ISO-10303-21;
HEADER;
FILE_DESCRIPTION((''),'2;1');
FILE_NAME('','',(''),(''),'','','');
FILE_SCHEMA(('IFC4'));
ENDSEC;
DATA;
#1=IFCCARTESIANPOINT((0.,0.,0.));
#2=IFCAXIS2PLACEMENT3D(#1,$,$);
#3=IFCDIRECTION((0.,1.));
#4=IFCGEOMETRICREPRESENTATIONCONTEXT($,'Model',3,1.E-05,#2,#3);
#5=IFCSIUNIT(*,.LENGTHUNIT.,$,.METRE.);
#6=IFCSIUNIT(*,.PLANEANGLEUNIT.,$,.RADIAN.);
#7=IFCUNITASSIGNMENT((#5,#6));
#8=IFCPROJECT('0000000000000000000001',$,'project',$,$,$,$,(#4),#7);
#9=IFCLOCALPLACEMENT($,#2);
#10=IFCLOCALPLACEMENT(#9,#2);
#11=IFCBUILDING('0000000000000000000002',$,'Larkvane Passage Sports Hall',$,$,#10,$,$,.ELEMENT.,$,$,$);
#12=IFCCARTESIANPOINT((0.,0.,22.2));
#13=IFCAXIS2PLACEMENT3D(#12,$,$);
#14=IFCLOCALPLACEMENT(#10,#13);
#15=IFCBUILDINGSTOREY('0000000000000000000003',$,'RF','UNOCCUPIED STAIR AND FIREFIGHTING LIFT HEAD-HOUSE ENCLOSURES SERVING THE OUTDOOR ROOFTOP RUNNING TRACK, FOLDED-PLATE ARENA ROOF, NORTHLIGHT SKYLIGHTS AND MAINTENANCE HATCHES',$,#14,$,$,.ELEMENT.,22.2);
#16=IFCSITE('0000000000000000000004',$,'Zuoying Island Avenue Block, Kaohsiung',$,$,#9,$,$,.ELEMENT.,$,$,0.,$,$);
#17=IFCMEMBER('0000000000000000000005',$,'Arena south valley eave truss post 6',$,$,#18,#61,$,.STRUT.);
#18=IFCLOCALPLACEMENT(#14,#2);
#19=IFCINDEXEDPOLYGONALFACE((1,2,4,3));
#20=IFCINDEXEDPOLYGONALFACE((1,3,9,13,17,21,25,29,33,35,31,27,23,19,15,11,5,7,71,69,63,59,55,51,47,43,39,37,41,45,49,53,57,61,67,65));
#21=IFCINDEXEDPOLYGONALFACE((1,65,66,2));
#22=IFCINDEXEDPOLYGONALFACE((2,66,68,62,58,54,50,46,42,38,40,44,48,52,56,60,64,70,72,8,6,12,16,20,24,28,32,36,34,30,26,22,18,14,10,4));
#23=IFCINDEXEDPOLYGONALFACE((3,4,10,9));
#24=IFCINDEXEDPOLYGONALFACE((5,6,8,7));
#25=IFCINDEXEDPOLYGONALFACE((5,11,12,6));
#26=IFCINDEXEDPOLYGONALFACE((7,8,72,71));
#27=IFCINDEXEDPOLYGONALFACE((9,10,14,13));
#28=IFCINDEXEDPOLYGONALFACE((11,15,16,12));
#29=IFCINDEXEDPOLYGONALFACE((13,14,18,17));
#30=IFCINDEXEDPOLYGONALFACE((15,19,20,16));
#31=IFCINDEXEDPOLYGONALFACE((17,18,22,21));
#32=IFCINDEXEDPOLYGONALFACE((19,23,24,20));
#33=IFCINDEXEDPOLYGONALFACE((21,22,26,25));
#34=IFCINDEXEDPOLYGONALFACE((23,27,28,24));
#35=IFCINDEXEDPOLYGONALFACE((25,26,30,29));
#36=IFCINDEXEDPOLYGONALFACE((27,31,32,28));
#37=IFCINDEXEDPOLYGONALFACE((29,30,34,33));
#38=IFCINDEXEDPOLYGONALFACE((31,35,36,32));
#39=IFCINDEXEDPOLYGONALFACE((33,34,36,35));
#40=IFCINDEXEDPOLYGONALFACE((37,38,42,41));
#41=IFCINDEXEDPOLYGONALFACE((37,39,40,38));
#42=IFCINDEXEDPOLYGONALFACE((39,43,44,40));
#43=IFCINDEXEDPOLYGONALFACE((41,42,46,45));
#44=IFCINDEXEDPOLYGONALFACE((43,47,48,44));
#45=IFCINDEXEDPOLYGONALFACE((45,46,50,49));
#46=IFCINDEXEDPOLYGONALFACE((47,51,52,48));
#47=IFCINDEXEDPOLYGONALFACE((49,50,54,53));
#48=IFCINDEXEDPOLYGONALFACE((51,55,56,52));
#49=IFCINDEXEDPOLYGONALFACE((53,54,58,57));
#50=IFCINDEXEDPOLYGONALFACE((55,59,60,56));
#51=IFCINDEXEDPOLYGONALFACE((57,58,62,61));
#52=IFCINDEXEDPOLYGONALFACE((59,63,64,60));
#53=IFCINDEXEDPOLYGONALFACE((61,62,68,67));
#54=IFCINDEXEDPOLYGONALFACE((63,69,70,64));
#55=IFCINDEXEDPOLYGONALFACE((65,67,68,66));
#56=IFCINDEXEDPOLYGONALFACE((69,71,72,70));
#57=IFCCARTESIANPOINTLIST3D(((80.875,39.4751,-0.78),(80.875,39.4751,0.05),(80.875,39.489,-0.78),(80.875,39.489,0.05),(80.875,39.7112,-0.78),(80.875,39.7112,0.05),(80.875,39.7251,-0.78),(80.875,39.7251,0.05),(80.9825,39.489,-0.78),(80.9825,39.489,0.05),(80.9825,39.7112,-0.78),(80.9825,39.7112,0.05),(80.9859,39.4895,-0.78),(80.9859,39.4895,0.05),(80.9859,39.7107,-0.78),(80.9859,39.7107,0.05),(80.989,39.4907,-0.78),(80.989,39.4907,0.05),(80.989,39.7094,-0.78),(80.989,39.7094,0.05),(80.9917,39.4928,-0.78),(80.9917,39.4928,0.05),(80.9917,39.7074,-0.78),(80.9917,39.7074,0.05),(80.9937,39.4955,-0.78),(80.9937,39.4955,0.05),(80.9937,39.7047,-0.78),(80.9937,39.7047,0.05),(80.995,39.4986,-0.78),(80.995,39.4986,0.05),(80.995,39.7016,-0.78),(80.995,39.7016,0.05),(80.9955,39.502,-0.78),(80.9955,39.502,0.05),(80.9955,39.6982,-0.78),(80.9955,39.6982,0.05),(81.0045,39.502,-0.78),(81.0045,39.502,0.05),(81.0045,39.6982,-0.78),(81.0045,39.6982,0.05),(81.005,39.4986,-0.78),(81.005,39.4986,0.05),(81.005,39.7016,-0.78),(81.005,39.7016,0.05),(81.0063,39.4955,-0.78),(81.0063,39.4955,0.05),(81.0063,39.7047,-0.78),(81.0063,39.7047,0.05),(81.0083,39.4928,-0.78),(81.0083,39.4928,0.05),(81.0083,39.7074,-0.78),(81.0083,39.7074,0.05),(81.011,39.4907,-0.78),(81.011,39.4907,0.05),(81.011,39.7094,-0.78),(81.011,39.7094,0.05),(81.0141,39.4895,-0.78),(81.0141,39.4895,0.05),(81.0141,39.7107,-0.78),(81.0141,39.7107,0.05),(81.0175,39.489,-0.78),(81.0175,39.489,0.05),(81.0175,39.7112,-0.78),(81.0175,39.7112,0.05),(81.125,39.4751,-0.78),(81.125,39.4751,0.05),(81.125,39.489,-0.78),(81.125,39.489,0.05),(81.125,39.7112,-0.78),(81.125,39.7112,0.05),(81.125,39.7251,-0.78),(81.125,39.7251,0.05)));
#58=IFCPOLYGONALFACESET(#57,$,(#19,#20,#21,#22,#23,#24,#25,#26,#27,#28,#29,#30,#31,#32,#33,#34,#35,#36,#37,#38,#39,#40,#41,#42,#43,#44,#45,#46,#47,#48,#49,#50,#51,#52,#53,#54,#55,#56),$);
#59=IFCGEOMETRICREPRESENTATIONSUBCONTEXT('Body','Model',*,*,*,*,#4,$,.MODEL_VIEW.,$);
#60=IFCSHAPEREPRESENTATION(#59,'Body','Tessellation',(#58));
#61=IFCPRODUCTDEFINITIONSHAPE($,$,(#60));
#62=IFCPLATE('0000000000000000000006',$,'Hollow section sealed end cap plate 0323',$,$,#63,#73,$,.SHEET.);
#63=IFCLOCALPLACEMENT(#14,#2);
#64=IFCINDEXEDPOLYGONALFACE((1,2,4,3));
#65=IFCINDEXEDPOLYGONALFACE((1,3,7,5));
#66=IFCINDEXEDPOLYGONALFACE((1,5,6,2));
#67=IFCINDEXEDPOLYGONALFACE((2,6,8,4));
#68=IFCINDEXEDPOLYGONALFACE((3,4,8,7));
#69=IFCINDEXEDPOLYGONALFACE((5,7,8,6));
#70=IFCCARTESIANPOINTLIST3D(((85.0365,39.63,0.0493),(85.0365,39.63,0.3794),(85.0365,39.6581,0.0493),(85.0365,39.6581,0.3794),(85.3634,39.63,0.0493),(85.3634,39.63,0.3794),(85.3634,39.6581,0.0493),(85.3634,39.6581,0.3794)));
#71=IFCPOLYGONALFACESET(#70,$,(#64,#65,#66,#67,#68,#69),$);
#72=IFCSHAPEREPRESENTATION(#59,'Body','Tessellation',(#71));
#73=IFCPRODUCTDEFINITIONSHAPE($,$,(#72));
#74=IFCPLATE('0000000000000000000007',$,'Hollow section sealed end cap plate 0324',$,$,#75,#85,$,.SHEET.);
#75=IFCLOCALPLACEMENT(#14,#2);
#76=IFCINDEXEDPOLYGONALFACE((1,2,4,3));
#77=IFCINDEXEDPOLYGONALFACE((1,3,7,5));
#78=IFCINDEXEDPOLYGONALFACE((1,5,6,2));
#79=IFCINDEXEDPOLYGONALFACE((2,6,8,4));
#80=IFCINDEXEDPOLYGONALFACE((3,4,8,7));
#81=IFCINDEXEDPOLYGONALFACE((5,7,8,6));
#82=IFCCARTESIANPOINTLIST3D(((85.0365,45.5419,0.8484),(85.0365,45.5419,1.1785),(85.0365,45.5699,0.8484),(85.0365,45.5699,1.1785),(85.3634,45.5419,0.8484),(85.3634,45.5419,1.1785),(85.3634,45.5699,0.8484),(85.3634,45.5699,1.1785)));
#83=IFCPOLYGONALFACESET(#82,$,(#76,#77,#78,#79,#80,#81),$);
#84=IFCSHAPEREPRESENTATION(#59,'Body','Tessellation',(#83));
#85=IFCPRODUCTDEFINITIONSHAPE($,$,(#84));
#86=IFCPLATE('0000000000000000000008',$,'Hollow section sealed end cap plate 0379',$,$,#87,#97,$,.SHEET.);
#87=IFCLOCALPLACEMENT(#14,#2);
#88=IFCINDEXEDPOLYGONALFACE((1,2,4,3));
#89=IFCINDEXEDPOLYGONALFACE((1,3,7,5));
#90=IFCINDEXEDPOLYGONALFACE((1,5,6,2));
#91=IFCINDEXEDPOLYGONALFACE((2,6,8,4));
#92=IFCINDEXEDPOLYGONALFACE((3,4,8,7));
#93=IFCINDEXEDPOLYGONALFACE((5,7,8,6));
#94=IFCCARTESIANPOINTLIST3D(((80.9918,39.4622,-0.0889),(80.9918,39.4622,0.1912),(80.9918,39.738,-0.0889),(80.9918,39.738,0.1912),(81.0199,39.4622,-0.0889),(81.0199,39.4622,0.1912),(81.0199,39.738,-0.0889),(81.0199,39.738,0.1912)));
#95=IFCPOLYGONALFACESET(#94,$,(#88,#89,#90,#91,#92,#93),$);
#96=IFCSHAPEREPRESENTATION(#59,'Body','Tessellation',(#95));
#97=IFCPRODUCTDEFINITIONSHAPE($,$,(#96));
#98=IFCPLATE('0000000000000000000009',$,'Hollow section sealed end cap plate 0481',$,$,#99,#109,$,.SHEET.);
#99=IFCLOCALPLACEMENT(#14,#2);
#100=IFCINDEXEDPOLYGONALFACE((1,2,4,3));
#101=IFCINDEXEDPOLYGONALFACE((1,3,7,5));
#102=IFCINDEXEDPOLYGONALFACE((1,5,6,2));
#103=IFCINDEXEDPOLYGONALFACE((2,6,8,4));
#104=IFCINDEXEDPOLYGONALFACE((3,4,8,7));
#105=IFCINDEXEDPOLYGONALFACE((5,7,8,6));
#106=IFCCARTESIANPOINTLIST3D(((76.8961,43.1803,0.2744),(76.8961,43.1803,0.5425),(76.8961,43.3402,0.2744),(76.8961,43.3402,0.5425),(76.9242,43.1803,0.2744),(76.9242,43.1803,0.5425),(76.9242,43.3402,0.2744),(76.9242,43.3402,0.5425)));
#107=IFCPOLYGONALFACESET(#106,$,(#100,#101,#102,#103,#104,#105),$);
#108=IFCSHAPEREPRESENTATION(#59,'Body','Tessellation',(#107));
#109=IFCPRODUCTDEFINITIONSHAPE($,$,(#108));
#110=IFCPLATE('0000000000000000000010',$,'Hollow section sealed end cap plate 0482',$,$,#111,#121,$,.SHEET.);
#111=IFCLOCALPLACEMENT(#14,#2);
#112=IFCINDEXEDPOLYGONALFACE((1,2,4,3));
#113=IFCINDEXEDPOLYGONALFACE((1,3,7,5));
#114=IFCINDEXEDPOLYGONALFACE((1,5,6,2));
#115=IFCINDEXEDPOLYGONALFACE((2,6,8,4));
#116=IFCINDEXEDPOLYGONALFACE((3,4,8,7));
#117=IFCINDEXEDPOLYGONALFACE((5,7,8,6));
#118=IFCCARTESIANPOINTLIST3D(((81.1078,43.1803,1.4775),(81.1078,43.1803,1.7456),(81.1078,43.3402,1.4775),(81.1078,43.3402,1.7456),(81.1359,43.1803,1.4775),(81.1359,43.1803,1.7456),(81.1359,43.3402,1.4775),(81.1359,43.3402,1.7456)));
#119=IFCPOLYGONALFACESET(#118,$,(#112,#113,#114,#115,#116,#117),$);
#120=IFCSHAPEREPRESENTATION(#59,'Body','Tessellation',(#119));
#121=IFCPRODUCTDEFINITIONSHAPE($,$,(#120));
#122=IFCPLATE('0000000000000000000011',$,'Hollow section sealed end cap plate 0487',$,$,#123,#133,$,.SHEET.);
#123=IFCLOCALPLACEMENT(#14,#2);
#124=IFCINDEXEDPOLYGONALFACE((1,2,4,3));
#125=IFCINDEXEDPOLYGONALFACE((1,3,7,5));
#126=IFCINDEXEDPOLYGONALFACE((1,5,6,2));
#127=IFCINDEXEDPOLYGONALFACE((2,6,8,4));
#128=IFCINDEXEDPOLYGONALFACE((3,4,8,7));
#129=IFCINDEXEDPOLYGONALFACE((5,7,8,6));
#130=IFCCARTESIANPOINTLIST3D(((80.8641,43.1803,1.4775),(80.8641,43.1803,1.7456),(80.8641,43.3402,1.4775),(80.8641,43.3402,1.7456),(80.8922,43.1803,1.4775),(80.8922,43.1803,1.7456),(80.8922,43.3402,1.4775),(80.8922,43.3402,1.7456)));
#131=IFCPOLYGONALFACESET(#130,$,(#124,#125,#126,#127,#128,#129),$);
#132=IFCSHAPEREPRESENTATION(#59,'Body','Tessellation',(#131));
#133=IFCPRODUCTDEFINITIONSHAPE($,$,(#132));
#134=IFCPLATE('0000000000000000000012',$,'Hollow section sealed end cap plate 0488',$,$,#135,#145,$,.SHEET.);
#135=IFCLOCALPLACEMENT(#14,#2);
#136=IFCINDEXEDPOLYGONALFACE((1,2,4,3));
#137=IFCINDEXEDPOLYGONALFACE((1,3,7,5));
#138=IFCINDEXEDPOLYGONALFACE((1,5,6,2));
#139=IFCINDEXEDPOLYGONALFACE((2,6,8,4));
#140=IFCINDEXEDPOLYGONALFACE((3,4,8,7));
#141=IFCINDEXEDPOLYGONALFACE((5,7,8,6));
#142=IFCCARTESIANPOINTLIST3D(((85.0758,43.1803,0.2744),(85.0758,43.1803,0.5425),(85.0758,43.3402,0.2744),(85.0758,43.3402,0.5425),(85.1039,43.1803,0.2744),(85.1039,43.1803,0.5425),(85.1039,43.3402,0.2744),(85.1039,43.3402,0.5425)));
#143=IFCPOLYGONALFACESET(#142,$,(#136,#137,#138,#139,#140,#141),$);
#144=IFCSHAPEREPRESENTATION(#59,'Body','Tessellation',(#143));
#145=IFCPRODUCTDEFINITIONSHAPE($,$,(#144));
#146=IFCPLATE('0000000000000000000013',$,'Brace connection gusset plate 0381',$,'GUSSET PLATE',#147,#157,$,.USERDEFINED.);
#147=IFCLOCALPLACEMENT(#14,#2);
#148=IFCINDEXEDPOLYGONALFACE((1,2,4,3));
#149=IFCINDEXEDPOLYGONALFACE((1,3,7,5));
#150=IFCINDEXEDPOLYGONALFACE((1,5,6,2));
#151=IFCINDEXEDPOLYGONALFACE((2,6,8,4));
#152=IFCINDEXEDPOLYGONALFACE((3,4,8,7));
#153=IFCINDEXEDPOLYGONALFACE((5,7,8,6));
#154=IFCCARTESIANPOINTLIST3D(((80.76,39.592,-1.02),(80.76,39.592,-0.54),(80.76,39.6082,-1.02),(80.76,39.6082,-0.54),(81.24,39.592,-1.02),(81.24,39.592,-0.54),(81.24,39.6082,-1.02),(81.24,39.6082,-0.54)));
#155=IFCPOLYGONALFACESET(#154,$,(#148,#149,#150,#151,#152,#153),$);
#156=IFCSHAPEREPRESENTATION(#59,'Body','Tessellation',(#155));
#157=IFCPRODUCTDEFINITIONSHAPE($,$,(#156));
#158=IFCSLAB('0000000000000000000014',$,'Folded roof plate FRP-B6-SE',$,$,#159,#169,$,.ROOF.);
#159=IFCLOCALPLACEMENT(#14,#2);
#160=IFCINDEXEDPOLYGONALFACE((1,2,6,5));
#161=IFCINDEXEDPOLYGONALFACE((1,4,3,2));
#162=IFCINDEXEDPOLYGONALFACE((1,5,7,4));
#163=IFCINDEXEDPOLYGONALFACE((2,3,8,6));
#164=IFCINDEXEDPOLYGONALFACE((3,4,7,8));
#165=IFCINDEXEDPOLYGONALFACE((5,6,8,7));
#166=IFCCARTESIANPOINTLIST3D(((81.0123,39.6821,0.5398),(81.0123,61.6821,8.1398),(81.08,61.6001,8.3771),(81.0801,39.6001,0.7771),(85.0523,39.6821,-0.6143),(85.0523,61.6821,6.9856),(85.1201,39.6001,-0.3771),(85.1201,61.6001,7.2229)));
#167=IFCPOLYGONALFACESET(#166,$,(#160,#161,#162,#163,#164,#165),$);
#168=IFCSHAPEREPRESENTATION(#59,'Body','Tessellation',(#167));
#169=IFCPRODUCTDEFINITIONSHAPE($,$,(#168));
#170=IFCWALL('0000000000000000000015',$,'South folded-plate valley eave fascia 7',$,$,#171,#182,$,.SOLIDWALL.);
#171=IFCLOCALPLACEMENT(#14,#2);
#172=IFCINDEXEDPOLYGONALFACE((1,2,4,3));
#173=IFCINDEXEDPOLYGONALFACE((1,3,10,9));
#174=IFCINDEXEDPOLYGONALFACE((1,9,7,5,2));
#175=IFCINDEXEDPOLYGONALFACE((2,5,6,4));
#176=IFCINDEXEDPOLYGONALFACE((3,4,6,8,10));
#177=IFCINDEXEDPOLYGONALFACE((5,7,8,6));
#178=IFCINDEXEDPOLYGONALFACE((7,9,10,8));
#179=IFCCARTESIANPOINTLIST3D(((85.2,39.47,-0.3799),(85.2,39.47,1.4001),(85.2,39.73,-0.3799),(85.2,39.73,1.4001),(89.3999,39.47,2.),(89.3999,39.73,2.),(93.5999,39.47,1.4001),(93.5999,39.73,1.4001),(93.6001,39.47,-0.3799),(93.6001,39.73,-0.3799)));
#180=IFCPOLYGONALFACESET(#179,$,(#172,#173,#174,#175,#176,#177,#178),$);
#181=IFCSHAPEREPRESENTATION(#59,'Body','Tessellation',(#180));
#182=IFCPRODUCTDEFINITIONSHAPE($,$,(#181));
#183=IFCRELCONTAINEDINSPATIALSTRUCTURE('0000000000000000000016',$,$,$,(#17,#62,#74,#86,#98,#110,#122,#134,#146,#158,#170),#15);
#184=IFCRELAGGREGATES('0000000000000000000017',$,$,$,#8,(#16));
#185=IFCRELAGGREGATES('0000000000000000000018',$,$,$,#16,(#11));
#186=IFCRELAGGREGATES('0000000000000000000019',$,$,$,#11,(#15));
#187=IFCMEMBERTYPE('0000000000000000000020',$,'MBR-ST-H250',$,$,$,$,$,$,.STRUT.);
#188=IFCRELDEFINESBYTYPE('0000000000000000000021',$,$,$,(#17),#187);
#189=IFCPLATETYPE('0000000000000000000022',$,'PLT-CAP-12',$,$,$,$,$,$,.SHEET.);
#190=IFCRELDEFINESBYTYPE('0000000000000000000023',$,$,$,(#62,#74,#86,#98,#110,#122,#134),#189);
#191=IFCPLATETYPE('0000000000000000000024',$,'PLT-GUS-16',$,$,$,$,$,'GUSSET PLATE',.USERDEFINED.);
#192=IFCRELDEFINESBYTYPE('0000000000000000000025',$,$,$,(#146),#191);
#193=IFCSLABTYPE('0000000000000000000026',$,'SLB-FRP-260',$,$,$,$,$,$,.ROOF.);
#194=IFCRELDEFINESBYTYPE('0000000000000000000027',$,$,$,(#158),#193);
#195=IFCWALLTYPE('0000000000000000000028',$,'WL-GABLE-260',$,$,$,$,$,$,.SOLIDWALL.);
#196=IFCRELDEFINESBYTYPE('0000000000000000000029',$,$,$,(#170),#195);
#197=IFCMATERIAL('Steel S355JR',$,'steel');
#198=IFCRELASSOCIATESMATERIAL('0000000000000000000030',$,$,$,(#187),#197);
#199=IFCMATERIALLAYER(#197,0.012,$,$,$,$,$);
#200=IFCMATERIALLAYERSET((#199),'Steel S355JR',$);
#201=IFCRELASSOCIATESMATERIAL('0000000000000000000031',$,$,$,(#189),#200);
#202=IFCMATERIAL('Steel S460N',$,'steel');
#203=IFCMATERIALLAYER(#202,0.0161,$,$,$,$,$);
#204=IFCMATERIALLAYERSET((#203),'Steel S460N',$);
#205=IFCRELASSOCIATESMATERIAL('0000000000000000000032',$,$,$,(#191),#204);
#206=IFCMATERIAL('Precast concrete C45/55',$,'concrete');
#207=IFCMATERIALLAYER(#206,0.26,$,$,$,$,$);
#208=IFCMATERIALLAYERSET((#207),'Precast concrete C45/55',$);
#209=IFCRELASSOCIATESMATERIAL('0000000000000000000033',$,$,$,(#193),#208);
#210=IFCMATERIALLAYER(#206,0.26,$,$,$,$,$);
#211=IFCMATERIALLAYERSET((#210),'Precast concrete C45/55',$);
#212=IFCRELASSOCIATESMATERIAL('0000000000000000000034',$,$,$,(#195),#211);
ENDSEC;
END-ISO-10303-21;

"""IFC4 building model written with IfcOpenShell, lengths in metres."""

from ifc_helpers import new_model, si_unit, direction, frame, origin, origin_2d, place, context, subcontext, project, spatial, polyline, rectangle, i_section, outline, extrude, material, layer, layer_set, material_profile, profile_set, type_object, element, save


model = new_model("IFC4")

# Units and contexts
model_context = context("Model", 3, precision=1e-05, world=origin(), true_north=direction((0.0, 1.0)))
body_context = subcontext(model_context, "Body", "Model", "MODEL_VIEW")
ifc_project = project(units=[si_unit("LENGTHUNIT", "METRE"), si_unit("PLANEANGLEUNIT", "RADIAN")], contexts=[model_context])

# Site, building, storey
site_placement = place(None, origin())
site = spatial("IfcSite", under=ifc_project, at=site_placement, Name="Zuoying Island Avenue Block, Kaohsiung", CompositionType="ELEMENT", RefElevation=0.0)
building_placement = place(site_placement, origin())
building = spatial("IfcBuilding", under=site, at=building_placement, Name="Larkvane Passage Sports Hall", CompositionType="ELEMENT")
storey_placement = place(building_placement, frame((0.0, 0.0, 22.2)))
storey = spatial("IfcBuildingStorey", under=building, at=storey_placement, Name="RF", Description="UNOCCUPIED STAIR AND FIREFIGHTING LIFT HEAD-HOUSE ENCLOSURES SERVING THE OUTDOOR ROOFTOP RUNNING TRACK, FOLDED-PLATE ARENA ROOF, NORTHLIGHT SKYLIGHTS AND MAINTENANCE HATCHES", CompositionType="ELEMENT", Elevation=22.2)

# Member
ifc_material_1 = material(Name="Steel S355JR", Category="steel")
ifc_material_2 = material(Name="Steel S460N", Category="steel")
ifc_material_profile_1 = material_profile(ifc_material_1, i_section(OverallWidth=0.25, OverallDepth=0.25, WebThickness=0.009, FlangeThickness=0.0139, FilletRadius=0.0129, at=origin_2d()), Name="H-250x250x9x14")
ifc_profile_set_1 = profile_set([ifc_material_profile_1], Name="Steel S355JR")
member_type_1 = type_object("IfcMemberType", Name="MBR-ST-H250", PredefinedType="STRUT", material=ifc_profile_set_1)
member_1_placement = place(storey_placement, frame((81.0, 39.6001, -0.78), z_axis=(0.0, 0.0, 1.0), x_axis=(1.0, 0.0, 0.0)))
element("IfcMember", 1, at=member_1_placement, inside=storey, type_object=member_type_1, Name="Arena south valley eave truss post 6", PredefinedType="STRUT", context=body_context, shape_type="SweptSolid", body=[
    extrude(i_section(OverallWidth=0.25, OverallDepth=0.25, WebThickness=0.009, FlangeThickness=0.0139, FilletRadius=0.0129, at=origin_2d()), origin(), (0.0, 0.0, 1.0), 0.8301),
])

# Plates
ifc_layer_1 = layer(ifc_material_1, 0.012)
ifc_layer_set_1 = layer_set([ifc_layer_1], Name="Steel S355JR")
plate_type_1 = type_object("IfcPlateType", Name="PLT-CAP-12", PredefinedType="SHEET", material=ifc_layer_set_1)
for number, where, z_axis, x_axis, name in (
    (2, (85.2, 39.644, 0.0493), (0.0, 0.0, 1.0), (-1.0, 0.0, 0.0), "Hollow section sealed end cap plate 0323"),
    (3, (85.2, 45.5559, 0.8484), (0.0, 0.0, 1.0), (-1.0, 0.0, 0.0), "Hollow section sealed end cap plate 0324"),
):
    element("IfcPlate", number, at=place(storey_placement, frame(where, z_axis=z_axis, x_axis=x_axis)), inside=storey, type_object=plate_type_1, Name=name, PredefinedType="SHEET", context=body_context, shape_type="SweptSolid", body=[
        extrude(rectangle(XDim=0.3269, YDim=0.0281, at=origin_2d()), origin(), (0.0, 0.0, 1.0), 0.3301),
    ])
plate_1_placement = place(storey_placement, frame((81.0059, 39.6001, -0.0889), z_axis=(0.0, 0.0, 1.0), x_axis=(0.0, 1.0, 0.0)))
element("IfcPlate", 4, at=plate_1_placement, inside=storey, type_object=plate_type_1, Name="Hollow section sealed end cap plate 0379", PredefinedType="SHEET", context=body_context, shape_type="SweptSolid", body=[
    extrude(rectangle(XDim=0.2759, YDim=0.0281, at=origin_2d()), origin(), (0.0, 0.0, 1.0), 0.28),
])
for number, where, z_axis, x_axis, name in (
    (5, (76.9102, 43.2603, 0.2744), (0.0, 0.0, 1.0), (0.0, 1.0, 0.0), "Hollow section sealed end cap plate 0481"),
    (6, (81.1218, 43.2603, 1.4775), (0.0, 0.0, 1.0), (0.0, 1.0, 0.0), "Hollow section sealed end cap plate 0482"),
    (7, (80.8782, 43.2603, 1.4775), (0.0, 0.0, 1.0), (0.0, 1.0, 0.0), "Hollow section sealed end cap plate 0487"),
    (8, (85.0898, 43.2603, 0.2744), (0.0, 0.0, 1.0), (0.0, 1.0, 0.0), "Hollow section sealed end cap plate 0488"),
):
    element("IfcPlate", number, at=place(storey_placement, frame(where, z_axis=z_axis, x_axis=x_axis)), inside=storey, type_object=plate_type_1, Name=name, PredefinedType="SHEET", context=body_context, shape_type="SweptSolid", body=[
        extrude(rectangle(XDim=0.1599, YDim=0.0281, at=origin_2d()), origin(), (0.0, 0.0, 1.0), 0.2681),
    ])
ifc_layer_2 = layer(ifc_material_2, 0.0161)
ifc_layer_set_2 = layer_set([ifc_layer_2], Name="Steel S460N")
plate_type_2 = type_object("IfcPlateType", Name="PLT-GUS-16", ElementType="GUSSET PLATE", PredefinedType="USERDEFINED", material=ifc_layer_set_2)
plate_2_placement = place(storey_placement, frame((81.0, 39.6001, -1.02), z_axis=(0.0, 0.0, 1.0), x_axis=(1.0, 0.0, 0.0)))
element("IfcPlate", 9, at=plate_2_placement, inside=storey, type_object=plate_type_2, Name="Brace connection gusset plate 0381", ObjectType="GUSSET PLATE", PredefinedType="USERDEFINED", context=body_context, shape_type="SweptSolid", body=[
    extrude(rectangle(XDim=0.48, YDim=0.0161, at=origin_2d()), origin(), (0.0, 0.0, 1.0), 0.48),
])

# Slab
ifc_material_3 = material(Name="Precast concrete C45/55", Category="concrete")
ifc_layer_3 = layer(ifc_material_3, 0.26)
ifc_layer_set_3 = layer_set([ifc_layer_3], Name="Precast concrete C45/55")
slab_type = type_object("IfcSlabType", Name="SLB-FRP-260", PredefinedType="ROOF", material=ifc_layer_set_3)
slab_placement = place(storey_placement, frame((81.0801, 39.6001, 0.7771), z_axis=(0.260689, -0.315229, 0.912508), x_axis=(0.961532, 0.000008, -0.274692)))
element("IfcSlab", 10, at=slab_placement, inside=storey, type_object=slab_type, Name="Folded roof plate FRP-B6-SE", PredefinedType="ROOF", context=body_context, shape_type="SweptSolid", body=[
    extrude(outline(polyline([(0.0, 0.0), (4.2016, 0.0), (2.1142, 23.1819), (-2.0875, 23.182), (0.0, 0.0)])), origin(), (0.0, 0.0, -1.0), 0.26),
])

# Wall
ifc_layer_4 = layer(ifc_material_3, 0.26)
ifc_layer_set_4 = layer_set([ifc_layer_4], Name="Precast concrete C45/55")
wall_type = type_object("IfcWallType", Name="WL-GABLE-260", PredefinedType="SOLIDWALL", material=ifc_layer_set_4)
wall_placement = place(storey_placement, frame((85.2, 39.6001, -0.3799), z_axis=(0.0, 0.0, 1.0), x_axis=(1.0, 0.0, 0.0)))
element("IfcWall", 11, at=wall_placement, inside=storey, type_object=wall_type, Name="South folded-plate valley eave fascia 7", PredefinedType="SOLIDWALL", context=body_context, shape_type="SweptSolid", body=[
    extrude(outline(polyline([(0.0, 0.0), (8.4001, 0.0), (8.3999, 1.78), (4.2, 2.3799), (0.0, 1.78), (0.0, 0.0)])), frame((0.0, 0.1299, 0.0), z_axis=(0.0, -1.0, 0.0), x_axis=(1.0, 0.0, 0.0)), (0.0, 0.0, 1.0), 0.26),
])

save(model, "model.ifc")
